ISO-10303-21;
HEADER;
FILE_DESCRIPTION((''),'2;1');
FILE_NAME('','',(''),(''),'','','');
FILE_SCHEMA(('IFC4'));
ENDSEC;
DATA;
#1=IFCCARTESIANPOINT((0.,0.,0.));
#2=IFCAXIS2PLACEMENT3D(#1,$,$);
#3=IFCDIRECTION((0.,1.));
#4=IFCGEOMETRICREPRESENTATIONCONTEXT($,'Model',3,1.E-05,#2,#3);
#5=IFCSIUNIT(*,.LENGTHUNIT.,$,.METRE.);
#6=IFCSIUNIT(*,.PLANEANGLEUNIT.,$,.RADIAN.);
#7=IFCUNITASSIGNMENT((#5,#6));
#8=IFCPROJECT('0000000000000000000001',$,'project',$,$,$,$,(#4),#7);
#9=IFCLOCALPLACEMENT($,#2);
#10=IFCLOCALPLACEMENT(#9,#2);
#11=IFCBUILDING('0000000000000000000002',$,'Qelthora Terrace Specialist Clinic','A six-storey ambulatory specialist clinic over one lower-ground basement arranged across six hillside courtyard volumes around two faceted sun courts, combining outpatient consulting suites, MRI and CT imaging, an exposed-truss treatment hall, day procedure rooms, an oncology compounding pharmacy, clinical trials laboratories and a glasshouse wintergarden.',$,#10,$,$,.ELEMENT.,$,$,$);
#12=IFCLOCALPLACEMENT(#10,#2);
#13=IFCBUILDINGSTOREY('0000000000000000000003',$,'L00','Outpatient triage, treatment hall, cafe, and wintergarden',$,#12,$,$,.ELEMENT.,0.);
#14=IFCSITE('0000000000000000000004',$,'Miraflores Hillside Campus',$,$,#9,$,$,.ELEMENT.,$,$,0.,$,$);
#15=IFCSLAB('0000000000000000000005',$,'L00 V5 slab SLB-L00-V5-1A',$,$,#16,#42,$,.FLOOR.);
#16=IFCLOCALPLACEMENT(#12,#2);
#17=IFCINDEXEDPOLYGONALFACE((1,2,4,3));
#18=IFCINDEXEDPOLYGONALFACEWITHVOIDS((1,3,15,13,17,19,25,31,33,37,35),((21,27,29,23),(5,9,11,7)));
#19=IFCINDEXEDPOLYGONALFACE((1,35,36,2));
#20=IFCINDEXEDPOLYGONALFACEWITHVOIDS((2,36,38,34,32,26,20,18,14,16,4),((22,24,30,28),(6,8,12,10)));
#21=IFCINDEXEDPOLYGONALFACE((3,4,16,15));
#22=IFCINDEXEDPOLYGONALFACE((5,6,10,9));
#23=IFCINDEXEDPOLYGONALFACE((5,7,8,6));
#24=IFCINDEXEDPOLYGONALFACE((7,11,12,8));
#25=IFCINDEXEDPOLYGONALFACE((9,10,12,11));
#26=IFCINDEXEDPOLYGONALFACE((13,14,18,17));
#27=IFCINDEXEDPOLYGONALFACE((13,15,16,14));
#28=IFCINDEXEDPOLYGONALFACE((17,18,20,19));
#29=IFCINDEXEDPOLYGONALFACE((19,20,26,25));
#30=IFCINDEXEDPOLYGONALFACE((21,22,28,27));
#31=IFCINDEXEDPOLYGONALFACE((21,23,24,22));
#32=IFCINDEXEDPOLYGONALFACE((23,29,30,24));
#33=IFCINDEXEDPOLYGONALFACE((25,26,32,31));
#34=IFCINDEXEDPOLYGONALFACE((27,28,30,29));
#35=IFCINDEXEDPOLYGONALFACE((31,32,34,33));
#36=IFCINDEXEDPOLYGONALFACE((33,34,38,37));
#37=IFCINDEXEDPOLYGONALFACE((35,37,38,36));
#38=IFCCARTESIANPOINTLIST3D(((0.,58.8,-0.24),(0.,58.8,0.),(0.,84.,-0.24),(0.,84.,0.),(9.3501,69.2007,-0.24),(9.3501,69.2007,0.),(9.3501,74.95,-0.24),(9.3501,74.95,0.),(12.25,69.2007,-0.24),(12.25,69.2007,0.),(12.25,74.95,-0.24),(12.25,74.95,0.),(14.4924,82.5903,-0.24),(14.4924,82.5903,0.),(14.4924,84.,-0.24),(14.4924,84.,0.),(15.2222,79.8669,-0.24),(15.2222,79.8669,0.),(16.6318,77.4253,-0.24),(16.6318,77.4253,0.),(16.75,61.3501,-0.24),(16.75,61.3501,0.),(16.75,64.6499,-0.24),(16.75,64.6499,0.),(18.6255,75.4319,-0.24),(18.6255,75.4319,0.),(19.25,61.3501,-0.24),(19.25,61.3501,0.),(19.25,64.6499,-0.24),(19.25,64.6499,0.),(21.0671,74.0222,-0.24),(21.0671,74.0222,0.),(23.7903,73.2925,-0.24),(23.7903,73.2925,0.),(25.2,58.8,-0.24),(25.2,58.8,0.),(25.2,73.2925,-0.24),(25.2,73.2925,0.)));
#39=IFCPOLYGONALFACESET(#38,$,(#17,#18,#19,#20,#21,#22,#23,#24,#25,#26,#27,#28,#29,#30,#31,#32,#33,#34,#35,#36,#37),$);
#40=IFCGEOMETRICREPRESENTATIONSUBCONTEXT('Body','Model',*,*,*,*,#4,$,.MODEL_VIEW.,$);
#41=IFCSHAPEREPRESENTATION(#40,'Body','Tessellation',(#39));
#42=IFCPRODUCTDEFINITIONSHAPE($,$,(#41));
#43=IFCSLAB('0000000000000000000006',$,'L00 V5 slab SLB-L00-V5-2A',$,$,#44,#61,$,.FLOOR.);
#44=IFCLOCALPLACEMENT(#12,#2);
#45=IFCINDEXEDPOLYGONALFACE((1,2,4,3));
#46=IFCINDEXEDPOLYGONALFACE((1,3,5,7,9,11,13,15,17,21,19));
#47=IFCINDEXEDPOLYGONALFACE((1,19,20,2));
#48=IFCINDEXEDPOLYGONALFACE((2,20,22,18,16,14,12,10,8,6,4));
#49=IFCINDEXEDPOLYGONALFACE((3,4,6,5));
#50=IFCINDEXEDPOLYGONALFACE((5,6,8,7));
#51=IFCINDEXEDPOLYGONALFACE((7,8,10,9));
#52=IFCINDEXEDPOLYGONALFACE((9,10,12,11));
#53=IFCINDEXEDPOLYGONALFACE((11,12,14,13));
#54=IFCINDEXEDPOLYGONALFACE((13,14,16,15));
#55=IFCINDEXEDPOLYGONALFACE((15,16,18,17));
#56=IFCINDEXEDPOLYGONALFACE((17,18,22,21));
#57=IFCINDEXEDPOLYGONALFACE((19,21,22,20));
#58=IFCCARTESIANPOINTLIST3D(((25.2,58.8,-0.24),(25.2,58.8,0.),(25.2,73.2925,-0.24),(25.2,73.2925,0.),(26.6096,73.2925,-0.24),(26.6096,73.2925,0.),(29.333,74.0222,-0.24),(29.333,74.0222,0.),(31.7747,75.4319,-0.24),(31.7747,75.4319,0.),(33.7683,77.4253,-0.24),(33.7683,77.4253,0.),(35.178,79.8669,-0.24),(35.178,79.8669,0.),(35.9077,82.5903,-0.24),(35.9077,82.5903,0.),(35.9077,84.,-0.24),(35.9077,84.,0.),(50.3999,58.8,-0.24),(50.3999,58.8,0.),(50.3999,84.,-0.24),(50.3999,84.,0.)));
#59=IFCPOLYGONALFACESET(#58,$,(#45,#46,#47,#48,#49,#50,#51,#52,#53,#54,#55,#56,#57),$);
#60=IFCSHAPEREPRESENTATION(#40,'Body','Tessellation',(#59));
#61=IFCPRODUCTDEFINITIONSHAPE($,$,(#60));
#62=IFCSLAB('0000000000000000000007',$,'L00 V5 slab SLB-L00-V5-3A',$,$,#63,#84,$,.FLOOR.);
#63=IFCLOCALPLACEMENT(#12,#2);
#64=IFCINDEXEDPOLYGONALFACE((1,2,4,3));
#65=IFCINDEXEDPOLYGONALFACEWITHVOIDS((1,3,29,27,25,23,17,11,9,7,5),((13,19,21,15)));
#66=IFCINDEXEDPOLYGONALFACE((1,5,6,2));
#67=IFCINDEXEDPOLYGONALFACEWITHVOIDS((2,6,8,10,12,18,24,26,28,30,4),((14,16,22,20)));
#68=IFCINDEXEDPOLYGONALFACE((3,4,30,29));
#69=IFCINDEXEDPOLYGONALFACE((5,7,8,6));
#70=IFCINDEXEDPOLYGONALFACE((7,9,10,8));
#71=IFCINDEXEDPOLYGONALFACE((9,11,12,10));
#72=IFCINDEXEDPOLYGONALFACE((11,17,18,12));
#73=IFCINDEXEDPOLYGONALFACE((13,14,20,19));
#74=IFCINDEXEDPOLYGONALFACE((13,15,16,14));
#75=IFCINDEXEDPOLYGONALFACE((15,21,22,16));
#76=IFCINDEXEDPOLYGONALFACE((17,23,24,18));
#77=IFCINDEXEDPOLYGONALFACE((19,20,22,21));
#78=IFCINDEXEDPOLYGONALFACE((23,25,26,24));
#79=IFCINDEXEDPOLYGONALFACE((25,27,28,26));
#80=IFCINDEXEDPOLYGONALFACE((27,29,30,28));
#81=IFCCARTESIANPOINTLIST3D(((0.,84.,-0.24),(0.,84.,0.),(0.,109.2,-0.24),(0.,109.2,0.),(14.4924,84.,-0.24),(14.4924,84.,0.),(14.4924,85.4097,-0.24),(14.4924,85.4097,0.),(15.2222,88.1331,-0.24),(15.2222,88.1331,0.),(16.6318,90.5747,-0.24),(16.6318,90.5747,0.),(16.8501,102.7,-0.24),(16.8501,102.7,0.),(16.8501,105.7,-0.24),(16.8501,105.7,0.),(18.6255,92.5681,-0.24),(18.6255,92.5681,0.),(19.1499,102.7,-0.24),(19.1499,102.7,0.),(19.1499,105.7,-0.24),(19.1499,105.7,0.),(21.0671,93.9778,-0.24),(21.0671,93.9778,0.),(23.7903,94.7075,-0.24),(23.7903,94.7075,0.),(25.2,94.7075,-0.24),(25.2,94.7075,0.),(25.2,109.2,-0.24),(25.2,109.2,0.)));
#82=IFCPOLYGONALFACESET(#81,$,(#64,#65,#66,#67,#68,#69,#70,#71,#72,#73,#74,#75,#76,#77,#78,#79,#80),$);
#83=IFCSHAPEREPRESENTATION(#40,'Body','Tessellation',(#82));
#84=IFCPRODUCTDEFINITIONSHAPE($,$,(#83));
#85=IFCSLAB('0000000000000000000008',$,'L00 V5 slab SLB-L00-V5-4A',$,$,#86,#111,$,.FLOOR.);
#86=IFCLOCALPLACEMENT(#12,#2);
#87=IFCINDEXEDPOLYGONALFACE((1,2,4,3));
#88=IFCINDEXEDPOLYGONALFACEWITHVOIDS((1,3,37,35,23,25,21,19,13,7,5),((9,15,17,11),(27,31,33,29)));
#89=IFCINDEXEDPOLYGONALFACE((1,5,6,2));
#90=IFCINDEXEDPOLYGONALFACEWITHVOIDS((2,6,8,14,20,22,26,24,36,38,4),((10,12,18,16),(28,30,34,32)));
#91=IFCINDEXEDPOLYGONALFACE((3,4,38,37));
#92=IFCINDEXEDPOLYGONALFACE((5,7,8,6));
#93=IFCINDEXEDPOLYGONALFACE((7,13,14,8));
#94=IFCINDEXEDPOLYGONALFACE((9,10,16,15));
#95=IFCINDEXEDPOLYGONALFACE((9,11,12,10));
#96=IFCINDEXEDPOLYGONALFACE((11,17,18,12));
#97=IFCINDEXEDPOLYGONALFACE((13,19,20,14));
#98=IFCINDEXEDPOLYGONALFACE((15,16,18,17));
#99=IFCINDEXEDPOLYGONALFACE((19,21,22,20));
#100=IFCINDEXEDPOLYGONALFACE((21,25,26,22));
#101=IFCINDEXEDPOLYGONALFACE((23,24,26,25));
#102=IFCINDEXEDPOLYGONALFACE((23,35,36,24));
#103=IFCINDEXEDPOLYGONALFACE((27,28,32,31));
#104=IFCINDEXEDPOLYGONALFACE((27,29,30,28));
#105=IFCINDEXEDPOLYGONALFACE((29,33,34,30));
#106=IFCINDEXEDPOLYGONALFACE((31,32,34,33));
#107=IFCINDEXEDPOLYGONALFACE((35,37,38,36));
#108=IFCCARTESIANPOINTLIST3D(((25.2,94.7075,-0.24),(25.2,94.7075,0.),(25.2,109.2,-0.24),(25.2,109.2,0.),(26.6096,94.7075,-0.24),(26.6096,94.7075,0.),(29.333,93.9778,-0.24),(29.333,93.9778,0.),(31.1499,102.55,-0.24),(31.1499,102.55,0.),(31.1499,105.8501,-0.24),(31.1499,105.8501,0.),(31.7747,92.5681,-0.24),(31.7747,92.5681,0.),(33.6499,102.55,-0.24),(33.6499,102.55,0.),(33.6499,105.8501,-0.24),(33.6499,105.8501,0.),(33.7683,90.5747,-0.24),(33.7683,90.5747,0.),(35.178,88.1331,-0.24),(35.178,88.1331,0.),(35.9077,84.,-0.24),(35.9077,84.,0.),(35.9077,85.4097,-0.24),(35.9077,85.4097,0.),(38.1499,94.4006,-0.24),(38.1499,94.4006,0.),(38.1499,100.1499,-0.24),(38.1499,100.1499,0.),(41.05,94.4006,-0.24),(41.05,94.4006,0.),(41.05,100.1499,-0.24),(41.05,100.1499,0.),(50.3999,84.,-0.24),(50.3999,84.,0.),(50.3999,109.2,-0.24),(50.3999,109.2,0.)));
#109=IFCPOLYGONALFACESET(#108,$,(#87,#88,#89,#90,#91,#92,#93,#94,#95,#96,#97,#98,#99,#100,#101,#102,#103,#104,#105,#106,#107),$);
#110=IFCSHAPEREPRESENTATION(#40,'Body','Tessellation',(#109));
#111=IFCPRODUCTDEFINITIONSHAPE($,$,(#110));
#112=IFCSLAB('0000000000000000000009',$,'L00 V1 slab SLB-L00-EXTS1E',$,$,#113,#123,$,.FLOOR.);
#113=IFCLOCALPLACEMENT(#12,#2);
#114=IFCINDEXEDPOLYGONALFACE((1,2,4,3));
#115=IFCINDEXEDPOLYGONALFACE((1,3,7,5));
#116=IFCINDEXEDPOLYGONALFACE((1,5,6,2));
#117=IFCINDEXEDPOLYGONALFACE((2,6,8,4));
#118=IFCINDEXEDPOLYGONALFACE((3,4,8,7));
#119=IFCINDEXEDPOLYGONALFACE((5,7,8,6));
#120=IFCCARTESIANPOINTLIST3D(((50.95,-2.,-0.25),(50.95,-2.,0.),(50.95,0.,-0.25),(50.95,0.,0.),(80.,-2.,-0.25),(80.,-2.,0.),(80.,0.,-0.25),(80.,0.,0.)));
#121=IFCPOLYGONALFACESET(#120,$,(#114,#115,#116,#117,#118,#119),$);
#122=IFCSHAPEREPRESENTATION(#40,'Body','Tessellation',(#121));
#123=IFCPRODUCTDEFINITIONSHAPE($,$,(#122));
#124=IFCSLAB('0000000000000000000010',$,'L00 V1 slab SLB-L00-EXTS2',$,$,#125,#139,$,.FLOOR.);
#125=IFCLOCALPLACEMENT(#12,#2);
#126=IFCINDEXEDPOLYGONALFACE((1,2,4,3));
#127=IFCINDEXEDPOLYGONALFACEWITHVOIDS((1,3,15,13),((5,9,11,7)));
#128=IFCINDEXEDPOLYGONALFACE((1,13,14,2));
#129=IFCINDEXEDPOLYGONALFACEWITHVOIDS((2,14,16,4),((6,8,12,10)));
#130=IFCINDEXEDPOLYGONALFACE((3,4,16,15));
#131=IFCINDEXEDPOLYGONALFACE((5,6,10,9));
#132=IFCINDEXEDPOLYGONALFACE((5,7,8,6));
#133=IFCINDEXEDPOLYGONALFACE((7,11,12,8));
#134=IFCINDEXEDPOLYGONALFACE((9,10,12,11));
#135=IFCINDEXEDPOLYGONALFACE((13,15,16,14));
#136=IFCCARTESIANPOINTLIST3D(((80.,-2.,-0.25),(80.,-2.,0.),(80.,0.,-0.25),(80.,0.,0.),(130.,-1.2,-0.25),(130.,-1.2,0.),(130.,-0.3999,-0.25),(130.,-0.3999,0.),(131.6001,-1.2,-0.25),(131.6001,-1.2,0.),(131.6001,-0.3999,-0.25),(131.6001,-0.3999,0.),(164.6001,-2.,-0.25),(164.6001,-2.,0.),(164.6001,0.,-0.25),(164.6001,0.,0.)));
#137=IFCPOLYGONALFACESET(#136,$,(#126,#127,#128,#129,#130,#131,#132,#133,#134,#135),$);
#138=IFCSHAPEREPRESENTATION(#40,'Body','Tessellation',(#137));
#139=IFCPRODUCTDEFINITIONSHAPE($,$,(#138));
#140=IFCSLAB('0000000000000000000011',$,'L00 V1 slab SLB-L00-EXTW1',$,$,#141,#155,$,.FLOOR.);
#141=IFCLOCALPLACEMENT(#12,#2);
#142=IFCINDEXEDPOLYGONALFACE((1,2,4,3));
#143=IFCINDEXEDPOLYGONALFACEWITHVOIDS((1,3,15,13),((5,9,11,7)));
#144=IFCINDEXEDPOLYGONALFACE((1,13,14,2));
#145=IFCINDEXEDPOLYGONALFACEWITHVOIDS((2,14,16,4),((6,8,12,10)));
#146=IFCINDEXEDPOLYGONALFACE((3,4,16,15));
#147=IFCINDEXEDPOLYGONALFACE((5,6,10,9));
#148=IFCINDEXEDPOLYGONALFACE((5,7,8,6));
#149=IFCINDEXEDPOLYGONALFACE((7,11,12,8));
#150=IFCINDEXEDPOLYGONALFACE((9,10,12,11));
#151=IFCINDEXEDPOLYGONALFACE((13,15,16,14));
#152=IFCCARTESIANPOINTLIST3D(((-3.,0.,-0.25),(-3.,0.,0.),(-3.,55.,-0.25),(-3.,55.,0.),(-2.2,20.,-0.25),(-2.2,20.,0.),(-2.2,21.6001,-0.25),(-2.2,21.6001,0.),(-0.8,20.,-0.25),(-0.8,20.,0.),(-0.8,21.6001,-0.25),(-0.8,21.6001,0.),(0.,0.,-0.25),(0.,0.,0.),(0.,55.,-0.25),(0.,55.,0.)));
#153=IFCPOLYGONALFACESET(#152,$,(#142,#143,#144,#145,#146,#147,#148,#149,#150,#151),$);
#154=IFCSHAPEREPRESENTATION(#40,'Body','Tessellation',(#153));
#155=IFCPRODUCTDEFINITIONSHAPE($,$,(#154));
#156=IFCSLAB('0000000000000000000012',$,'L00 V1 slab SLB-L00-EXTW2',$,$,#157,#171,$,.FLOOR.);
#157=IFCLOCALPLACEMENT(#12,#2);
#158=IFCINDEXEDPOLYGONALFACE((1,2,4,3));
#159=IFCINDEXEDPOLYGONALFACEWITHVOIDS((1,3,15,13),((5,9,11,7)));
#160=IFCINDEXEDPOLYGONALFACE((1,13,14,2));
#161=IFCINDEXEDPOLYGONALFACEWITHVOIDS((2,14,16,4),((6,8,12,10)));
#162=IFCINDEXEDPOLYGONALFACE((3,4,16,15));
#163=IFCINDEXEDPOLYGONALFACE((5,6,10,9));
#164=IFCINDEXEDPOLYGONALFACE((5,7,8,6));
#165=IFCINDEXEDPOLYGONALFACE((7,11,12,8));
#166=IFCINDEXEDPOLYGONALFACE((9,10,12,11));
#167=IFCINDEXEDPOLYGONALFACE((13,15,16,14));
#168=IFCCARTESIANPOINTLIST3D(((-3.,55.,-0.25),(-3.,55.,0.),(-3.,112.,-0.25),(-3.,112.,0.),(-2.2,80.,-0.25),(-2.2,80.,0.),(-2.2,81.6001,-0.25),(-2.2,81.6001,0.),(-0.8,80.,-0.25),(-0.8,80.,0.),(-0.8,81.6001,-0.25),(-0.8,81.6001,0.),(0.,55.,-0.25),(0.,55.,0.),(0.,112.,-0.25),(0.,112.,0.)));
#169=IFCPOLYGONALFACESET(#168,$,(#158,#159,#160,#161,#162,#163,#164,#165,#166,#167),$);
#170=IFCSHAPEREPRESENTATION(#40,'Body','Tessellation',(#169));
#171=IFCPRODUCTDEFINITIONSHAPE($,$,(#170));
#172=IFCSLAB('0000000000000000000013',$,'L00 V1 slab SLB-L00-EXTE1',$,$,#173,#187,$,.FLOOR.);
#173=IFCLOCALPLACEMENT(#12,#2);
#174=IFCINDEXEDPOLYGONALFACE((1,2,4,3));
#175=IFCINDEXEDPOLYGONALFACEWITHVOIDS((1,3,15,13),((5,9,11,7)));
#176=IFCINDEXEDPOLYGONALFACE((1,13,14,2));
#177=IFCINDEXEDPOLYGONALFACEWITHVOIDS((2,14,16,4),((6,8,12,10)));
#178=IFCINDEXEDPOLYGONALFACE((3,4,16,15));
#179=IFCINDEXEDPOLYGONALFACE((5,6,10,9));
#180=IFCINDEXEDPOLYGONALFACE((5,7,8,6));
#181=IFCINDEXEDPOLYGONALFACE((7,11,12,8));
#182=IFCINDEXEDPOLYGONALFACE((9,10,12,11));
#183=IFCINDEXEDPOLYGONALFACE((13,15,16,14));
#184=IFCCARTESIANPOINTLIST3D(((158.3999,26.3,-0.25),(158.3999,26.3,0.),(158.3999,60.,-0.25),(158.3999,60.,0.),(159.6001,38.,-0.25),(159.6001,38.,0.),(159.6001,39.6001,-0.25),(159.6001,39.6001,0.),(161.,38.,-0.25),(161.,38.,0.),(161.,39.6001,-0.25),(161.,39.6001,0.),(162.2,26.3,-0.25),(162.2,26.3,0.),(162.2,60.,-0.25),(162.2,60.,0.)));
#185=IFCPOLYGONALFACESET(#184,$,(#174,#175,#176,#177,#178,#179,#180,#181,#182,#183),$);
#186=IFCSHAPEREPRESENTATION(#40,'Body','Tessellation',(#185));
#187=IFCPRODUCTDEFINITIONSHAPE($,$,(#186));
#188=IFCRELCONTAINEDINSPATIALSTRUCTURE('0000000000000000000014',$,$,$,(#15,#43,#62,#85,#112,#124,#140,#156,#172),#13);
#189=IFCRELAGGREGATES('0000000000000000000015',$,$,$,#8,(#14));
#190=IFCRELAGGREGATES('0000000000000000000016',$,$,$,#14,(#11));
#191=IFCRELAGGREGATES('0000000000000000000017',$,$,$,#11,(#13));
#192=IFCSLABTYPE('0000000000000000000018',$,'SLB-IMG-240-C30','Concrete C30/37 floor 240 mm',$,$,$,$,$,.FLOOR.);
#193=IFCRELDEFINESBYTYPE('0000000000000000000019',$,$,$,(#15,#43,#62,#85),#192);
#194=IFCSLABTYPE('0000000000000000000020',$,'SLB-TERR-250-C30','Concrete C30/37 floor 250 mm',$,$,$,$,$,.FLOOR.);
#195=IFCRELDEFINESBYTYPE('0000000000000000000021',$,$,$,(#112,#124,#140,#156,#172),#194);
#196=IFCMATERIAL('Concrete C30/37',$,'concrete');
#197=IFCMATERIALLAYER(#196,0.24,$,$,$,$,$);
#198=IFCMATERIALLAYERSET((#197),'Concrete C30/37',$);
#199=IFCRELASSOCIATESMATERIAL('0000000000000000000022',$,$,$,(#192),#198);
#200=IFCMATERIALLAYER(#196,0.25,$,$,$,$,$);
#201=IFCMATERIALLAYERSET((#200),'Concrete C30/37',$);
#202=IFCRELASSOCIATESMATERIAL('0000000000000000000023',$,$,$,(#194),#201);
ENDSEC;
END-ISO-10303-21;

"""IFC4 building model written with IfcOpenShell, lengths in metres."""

from ifc_helpers import new_model, si_unit, direction, frame, origin, place, context, subcontext, project, spatial, polyline, outline, extrude, material, layer, layer_set, type_object, element, save


model = new_model("IFC4")

# Units and contexts
model_context = context("Model", 3, precision=1e-05, world=origin(), true_north=direction((0.0, 1.0)))
body_context = subcontext(model_context, "Body", "Model", "MODEL_VIEW")
ifc_project = project(units=[si_unit("LENGTHUNIT", "METRE"), si_unit("PLANEANGLEUNIT", "RADIAN")], contexts=[model_context])

# Site, building, storey
site_placement = place(None, origin())
site = spatial("IfcSite", under=ifc_project, at=site_placement, Name="Miraflores Hillside Campus", CompositionType="ELEMENT", RefElevation=0.0)
building_placement = place(site_placement, origin())
building = spatial("IfcBuilding", under=site, at=building_placement, Name="Qelthora Terrace Specialist Clinic", Description="A six-storey ambulatory specialist clinic over one lower-ground basement arranged across six hillside courtyard volumes around two faceted sun courts, combining outpatient consulting suites, MRI and CT imaging, an exposed-truss treatment hall, day procedure rooms, an oncology compounding pharmacy, clinical trials laboratories and a glasshouse wintergarden.", CompositionType="ELEMENT")
storey_placement = place(building_placement, origin())
storey = spatial("IfcBuildingStorey", under=building, at=storey_placement, Name="L00", Description="Outpatient triage, treatment hall, cafe, and wintergarden", CompositionType="ELEMENT", Elevation=0.0)

# Slabs
ifc_material_1 = material(Name="Concrete C30/37", Category="concrete")
ifc_layer_1 = layer(ifc_material_1, 0.24)
ifc_layer_set_1 = layer_set([ifc_layer_1], Name="Concrete C30/37")
slab_type_1 = type_object("IfcSlabType", Name="SLB-IMG-240-C30", Description="Concrete C30/37 floor 240 mm", PredefinedType="FLOOR", material=ifc_layer_set_1)
slab_1_placement = place(storey_placement, frame((0.0, 0.0, -0.24)))
element("IfcSlab", 1, at=slab_1_placement, inside=storey, type_object=slab_type_1, Name="L00 V5 slab SLB-L00-V5-1A", PredefinedType="FLOOR", context=body_context, shape_type="SweptSolid", body=[
    extrude(outline(polyline([(0.0, 58.8), (0.0, 84.0), (14.4924, 84.0), (14.4924, 82.5903), (15.2222, 79.8669), (16.6318, 77.4253), (18.6255, 75.4319), (21.0671, 74.0222), (23.7903, 73.2925), (25.2, 73.2925), (25.2, 58.8), (0.0, 58.8)]), holes=[polyline([(19.25, 64.6499), (16.75, 64.6499), (16.75, 61.3501), (19.25, 61.3501), (19.25, 64.6499)]), polyline([(12.25, 74.95), (9.3501, 74.95), (9.3501, 69.2007), (12.25, 69.2007), (12.25, 74.95)])]), origin(), (0.0, 0.0, 1.0), 0.24),
])
slab_2_placement = place(storey_placement, frame((0.0, 0.0, -0.24)))
element("IfcSlab", 2, at=slab_2_placement, inside=storey, type_object=slab_type_1, Name="L00 V5 slab SLB-L00-V5-2A", PredefinedType="FLOOR", context=body_context, shape_type="SweptSolid", body=[
    extrude(outline(polyline([(50.3999, 58.8), (25.2, 58.8), (25.2, 73.2925), (26.6096, 73.2925), (29.333, 74.0222), (31.7747, 75.4319), (33.7683, 77.4253), (35.178, 79.8669), (35.9077, 82.5903), (35.9077, 84.0), (50.3999, 84.0), (50.3999, 58.8)])), origin(), (0.0, 0.0, 1.0), 0.24),
])
slab_3_placement = place(storey_placement, frame((0.0, 0.0, -0.24)))
element("IfcSlab", 3, at=slab_3_placement, inside=storey, type_object=slab_type_1, Name="L00 V5 slab SLB-L00-V5-3A", PredefinedType="FLOOR", context=body_context, shape_type="SweptSolid", body=[
    extrude(outline(polyline([(0.0, 109.2), (25.2, 109.2), (25.2, 94.7075), (23.7903, 94.7075), (21.0671, 93.9778), (18.6255, 92.5681), (16.6318, 90.5747), (15.2222, 88.1331), (14.4924, 85.4097), (14.4924, 84.0), (0.0, 84.0), (0.0, 109.2)]), holes=[polyline([(19.1499, 102.7), (19.1499, 105.7), (16.8501, 105.7), (16.8501, 102.7), (19.1499, 102.7)])]), origin(), (0.0, 0.0, 1.0), 0.24),
])
slab_4_placement = place(storey_placement, frame((0.0, 0.0, -0.24)))
element("IfcSlab", 4, at=slab_4_placement, inside=storey, type_object=slab_type_1, Name="L00 V5 slab SLB-L00-V5-4A", PredefinedType="FLOOR", context=body_context, shape_type="SweptSolid", body=[
    extrude(outline(polyline([(50.3999, 109.2), (50.3999, 84.0), (35.9077, 84.0), (35.9077, 85.4097), (35.178, 88.1331), (33.7683, 90.5747), (31.7747, 92.5681), (29.333, 93.9778), (26.6096, 94.7075), (25.2, 94.7075), (25.2, 109.2), (50.3999, 109.2)]), holes=[polyline([(41.05, 100.1499), (38.1499, 100.1499), (38.1499, 94.4006), (41.05, 94.4006), (41.05, 100.1499)]), polyline([(33.6499, 102.55), (33.6499, 105.8501), (31.1499, 105.8501), (31.1499, 102.55), (33.6499, 102.55)])]), origin(), (0.0, 0.0, 1.0), 0.24),
])
ifc_layer_2 = layer(ifc_material_1, 0.25)
ifc_layer_set_2 = layer_set([ifc_layer_2], Name="Concrete C30/37")
slab_type_2 = type_object("IfcSlabType", Name="SLB-TERR-250-C30", Description="Concrete C30/37 floor 250 mm", PredefinedType="FLOOR", material=ifc_layer_set_2)
slab_5_placement = place(storey_placement, frame((0.0, 0.0, -0.25)))
element("IfcSlab", 5, at=slab_5_placement, inside=storey, type_object=slab_type_2, Name="L00 V1 slab SLB-L00-EXTS1E", PredefinedType="FLOOR", context=body_context, shape_type="SweptSolid", body=[
    extrude(outline(polyline([(50.95, -2.0), (50.95, 0.0), (80.0, 0.0), (80.0, -2.0), (50.95, -2.0)])), origin(), (0.0, 0.0, 1.0), 0.25),
])
slab_6_placement = place(storey_placement, frame((0.0, 0.0, -0.25)))
element("IfcSlab", 6, at=slab_6_placement, inside=storey, type_object=slab_type_2, Name="L00 V1 slab SLB-L00-EXTS2", PredefinedType="FLOOR", context=body_context, shape_type="SweptSolid", body=[
    extrude(outline(polyline([(80.0, -2.0), (80.0, 0.0), (164.6001, 0.0), (164.6001, -2.0), (80.0, -2.0)]), holes=[polyline([(130.0, -1.2), (131.6001, -1.2), (131.6001, -0.3999), (130.0, -0.3999), (130.0, -1.2)])]), origin(), (0.0, 0.0, 1.0), 0.25),
])
slab_7_placement = place(storey_placement, frame((0.0, 0.0, -0.25)))
element("IfcSlab", 7, at=slab_7_placement, inside=storey, type_object=slab_type_2, Name="L00 V1 slab SLB-L00-EXTW1", PredefinedType="FLOOR", context=body_context, shape_type="SweptSolid", body=[
    extrude(outline(polyline([(-3.0, 0.0), (-3.0, 55.0), (0.0, 55.0), (0.0, 0.0), (-3.0, 0.0)]), holes=[polyline([(-2.2, 20.0), (-0.8, 20.0), (-0.8, 21.6001), (-2.2, 21.6001), (-2.2, 20.0)])]), origin(), (0.0, 0.0, 1.0), 0.25),
])
slab_8_placement = place(storey_placement, frame((0.0, 0.0, -0.25)))
element("IfcSlab", 8, at=slab_8_placement, inside=storey, type_object=slab_type_2, Name="L00 V1 slab SLB-L00-EXTW2", PredefinedType="FLOOR", context=body_context, shape_type="SweptSolid", body=[
    extrude(outline(polyline([(-3.0, 55.0), (-3.0, 112.0), (0.0, 112.0), (0.0, 55.0), (-3.0, 55.0)]), holes=[polyline([(-2.2, 80.0), (-0.8, 80.0), (-0.8, 81.6001), (-2.2, 81.6001), (-2.2, 80.0)])]), origin(), (0.0, 0.0, 1.0), 0.25),
])
slab_9_placement = place(storey_placement, frame((0.0, 0.0, -0.25)))
element("IfcSlab", 9, at=slab_9_placement, inside=storey, type_object=slab_type_2, Name="L00 V1 slab SLB-L00-EXTE1", PredefinedType="FLOOR", context=body_context, shape_type="SweptSolid", body=[
    extrude(outline(polyline([(158.3999, 26.3), (158.3999, 60.0), (162.2, 60.0), (162.2, 26.3), (158.3999, 26.3)]), holes=[polyline([(159.6001, 38.0), (161.0, 38.0), (161.0, 39.6001), (159.6001, 39.6001), (159.6001, 38.0)])]), origin(), (0.0, 0.0, 1.0), 0.25),
])

save(model, "model.ifc")
